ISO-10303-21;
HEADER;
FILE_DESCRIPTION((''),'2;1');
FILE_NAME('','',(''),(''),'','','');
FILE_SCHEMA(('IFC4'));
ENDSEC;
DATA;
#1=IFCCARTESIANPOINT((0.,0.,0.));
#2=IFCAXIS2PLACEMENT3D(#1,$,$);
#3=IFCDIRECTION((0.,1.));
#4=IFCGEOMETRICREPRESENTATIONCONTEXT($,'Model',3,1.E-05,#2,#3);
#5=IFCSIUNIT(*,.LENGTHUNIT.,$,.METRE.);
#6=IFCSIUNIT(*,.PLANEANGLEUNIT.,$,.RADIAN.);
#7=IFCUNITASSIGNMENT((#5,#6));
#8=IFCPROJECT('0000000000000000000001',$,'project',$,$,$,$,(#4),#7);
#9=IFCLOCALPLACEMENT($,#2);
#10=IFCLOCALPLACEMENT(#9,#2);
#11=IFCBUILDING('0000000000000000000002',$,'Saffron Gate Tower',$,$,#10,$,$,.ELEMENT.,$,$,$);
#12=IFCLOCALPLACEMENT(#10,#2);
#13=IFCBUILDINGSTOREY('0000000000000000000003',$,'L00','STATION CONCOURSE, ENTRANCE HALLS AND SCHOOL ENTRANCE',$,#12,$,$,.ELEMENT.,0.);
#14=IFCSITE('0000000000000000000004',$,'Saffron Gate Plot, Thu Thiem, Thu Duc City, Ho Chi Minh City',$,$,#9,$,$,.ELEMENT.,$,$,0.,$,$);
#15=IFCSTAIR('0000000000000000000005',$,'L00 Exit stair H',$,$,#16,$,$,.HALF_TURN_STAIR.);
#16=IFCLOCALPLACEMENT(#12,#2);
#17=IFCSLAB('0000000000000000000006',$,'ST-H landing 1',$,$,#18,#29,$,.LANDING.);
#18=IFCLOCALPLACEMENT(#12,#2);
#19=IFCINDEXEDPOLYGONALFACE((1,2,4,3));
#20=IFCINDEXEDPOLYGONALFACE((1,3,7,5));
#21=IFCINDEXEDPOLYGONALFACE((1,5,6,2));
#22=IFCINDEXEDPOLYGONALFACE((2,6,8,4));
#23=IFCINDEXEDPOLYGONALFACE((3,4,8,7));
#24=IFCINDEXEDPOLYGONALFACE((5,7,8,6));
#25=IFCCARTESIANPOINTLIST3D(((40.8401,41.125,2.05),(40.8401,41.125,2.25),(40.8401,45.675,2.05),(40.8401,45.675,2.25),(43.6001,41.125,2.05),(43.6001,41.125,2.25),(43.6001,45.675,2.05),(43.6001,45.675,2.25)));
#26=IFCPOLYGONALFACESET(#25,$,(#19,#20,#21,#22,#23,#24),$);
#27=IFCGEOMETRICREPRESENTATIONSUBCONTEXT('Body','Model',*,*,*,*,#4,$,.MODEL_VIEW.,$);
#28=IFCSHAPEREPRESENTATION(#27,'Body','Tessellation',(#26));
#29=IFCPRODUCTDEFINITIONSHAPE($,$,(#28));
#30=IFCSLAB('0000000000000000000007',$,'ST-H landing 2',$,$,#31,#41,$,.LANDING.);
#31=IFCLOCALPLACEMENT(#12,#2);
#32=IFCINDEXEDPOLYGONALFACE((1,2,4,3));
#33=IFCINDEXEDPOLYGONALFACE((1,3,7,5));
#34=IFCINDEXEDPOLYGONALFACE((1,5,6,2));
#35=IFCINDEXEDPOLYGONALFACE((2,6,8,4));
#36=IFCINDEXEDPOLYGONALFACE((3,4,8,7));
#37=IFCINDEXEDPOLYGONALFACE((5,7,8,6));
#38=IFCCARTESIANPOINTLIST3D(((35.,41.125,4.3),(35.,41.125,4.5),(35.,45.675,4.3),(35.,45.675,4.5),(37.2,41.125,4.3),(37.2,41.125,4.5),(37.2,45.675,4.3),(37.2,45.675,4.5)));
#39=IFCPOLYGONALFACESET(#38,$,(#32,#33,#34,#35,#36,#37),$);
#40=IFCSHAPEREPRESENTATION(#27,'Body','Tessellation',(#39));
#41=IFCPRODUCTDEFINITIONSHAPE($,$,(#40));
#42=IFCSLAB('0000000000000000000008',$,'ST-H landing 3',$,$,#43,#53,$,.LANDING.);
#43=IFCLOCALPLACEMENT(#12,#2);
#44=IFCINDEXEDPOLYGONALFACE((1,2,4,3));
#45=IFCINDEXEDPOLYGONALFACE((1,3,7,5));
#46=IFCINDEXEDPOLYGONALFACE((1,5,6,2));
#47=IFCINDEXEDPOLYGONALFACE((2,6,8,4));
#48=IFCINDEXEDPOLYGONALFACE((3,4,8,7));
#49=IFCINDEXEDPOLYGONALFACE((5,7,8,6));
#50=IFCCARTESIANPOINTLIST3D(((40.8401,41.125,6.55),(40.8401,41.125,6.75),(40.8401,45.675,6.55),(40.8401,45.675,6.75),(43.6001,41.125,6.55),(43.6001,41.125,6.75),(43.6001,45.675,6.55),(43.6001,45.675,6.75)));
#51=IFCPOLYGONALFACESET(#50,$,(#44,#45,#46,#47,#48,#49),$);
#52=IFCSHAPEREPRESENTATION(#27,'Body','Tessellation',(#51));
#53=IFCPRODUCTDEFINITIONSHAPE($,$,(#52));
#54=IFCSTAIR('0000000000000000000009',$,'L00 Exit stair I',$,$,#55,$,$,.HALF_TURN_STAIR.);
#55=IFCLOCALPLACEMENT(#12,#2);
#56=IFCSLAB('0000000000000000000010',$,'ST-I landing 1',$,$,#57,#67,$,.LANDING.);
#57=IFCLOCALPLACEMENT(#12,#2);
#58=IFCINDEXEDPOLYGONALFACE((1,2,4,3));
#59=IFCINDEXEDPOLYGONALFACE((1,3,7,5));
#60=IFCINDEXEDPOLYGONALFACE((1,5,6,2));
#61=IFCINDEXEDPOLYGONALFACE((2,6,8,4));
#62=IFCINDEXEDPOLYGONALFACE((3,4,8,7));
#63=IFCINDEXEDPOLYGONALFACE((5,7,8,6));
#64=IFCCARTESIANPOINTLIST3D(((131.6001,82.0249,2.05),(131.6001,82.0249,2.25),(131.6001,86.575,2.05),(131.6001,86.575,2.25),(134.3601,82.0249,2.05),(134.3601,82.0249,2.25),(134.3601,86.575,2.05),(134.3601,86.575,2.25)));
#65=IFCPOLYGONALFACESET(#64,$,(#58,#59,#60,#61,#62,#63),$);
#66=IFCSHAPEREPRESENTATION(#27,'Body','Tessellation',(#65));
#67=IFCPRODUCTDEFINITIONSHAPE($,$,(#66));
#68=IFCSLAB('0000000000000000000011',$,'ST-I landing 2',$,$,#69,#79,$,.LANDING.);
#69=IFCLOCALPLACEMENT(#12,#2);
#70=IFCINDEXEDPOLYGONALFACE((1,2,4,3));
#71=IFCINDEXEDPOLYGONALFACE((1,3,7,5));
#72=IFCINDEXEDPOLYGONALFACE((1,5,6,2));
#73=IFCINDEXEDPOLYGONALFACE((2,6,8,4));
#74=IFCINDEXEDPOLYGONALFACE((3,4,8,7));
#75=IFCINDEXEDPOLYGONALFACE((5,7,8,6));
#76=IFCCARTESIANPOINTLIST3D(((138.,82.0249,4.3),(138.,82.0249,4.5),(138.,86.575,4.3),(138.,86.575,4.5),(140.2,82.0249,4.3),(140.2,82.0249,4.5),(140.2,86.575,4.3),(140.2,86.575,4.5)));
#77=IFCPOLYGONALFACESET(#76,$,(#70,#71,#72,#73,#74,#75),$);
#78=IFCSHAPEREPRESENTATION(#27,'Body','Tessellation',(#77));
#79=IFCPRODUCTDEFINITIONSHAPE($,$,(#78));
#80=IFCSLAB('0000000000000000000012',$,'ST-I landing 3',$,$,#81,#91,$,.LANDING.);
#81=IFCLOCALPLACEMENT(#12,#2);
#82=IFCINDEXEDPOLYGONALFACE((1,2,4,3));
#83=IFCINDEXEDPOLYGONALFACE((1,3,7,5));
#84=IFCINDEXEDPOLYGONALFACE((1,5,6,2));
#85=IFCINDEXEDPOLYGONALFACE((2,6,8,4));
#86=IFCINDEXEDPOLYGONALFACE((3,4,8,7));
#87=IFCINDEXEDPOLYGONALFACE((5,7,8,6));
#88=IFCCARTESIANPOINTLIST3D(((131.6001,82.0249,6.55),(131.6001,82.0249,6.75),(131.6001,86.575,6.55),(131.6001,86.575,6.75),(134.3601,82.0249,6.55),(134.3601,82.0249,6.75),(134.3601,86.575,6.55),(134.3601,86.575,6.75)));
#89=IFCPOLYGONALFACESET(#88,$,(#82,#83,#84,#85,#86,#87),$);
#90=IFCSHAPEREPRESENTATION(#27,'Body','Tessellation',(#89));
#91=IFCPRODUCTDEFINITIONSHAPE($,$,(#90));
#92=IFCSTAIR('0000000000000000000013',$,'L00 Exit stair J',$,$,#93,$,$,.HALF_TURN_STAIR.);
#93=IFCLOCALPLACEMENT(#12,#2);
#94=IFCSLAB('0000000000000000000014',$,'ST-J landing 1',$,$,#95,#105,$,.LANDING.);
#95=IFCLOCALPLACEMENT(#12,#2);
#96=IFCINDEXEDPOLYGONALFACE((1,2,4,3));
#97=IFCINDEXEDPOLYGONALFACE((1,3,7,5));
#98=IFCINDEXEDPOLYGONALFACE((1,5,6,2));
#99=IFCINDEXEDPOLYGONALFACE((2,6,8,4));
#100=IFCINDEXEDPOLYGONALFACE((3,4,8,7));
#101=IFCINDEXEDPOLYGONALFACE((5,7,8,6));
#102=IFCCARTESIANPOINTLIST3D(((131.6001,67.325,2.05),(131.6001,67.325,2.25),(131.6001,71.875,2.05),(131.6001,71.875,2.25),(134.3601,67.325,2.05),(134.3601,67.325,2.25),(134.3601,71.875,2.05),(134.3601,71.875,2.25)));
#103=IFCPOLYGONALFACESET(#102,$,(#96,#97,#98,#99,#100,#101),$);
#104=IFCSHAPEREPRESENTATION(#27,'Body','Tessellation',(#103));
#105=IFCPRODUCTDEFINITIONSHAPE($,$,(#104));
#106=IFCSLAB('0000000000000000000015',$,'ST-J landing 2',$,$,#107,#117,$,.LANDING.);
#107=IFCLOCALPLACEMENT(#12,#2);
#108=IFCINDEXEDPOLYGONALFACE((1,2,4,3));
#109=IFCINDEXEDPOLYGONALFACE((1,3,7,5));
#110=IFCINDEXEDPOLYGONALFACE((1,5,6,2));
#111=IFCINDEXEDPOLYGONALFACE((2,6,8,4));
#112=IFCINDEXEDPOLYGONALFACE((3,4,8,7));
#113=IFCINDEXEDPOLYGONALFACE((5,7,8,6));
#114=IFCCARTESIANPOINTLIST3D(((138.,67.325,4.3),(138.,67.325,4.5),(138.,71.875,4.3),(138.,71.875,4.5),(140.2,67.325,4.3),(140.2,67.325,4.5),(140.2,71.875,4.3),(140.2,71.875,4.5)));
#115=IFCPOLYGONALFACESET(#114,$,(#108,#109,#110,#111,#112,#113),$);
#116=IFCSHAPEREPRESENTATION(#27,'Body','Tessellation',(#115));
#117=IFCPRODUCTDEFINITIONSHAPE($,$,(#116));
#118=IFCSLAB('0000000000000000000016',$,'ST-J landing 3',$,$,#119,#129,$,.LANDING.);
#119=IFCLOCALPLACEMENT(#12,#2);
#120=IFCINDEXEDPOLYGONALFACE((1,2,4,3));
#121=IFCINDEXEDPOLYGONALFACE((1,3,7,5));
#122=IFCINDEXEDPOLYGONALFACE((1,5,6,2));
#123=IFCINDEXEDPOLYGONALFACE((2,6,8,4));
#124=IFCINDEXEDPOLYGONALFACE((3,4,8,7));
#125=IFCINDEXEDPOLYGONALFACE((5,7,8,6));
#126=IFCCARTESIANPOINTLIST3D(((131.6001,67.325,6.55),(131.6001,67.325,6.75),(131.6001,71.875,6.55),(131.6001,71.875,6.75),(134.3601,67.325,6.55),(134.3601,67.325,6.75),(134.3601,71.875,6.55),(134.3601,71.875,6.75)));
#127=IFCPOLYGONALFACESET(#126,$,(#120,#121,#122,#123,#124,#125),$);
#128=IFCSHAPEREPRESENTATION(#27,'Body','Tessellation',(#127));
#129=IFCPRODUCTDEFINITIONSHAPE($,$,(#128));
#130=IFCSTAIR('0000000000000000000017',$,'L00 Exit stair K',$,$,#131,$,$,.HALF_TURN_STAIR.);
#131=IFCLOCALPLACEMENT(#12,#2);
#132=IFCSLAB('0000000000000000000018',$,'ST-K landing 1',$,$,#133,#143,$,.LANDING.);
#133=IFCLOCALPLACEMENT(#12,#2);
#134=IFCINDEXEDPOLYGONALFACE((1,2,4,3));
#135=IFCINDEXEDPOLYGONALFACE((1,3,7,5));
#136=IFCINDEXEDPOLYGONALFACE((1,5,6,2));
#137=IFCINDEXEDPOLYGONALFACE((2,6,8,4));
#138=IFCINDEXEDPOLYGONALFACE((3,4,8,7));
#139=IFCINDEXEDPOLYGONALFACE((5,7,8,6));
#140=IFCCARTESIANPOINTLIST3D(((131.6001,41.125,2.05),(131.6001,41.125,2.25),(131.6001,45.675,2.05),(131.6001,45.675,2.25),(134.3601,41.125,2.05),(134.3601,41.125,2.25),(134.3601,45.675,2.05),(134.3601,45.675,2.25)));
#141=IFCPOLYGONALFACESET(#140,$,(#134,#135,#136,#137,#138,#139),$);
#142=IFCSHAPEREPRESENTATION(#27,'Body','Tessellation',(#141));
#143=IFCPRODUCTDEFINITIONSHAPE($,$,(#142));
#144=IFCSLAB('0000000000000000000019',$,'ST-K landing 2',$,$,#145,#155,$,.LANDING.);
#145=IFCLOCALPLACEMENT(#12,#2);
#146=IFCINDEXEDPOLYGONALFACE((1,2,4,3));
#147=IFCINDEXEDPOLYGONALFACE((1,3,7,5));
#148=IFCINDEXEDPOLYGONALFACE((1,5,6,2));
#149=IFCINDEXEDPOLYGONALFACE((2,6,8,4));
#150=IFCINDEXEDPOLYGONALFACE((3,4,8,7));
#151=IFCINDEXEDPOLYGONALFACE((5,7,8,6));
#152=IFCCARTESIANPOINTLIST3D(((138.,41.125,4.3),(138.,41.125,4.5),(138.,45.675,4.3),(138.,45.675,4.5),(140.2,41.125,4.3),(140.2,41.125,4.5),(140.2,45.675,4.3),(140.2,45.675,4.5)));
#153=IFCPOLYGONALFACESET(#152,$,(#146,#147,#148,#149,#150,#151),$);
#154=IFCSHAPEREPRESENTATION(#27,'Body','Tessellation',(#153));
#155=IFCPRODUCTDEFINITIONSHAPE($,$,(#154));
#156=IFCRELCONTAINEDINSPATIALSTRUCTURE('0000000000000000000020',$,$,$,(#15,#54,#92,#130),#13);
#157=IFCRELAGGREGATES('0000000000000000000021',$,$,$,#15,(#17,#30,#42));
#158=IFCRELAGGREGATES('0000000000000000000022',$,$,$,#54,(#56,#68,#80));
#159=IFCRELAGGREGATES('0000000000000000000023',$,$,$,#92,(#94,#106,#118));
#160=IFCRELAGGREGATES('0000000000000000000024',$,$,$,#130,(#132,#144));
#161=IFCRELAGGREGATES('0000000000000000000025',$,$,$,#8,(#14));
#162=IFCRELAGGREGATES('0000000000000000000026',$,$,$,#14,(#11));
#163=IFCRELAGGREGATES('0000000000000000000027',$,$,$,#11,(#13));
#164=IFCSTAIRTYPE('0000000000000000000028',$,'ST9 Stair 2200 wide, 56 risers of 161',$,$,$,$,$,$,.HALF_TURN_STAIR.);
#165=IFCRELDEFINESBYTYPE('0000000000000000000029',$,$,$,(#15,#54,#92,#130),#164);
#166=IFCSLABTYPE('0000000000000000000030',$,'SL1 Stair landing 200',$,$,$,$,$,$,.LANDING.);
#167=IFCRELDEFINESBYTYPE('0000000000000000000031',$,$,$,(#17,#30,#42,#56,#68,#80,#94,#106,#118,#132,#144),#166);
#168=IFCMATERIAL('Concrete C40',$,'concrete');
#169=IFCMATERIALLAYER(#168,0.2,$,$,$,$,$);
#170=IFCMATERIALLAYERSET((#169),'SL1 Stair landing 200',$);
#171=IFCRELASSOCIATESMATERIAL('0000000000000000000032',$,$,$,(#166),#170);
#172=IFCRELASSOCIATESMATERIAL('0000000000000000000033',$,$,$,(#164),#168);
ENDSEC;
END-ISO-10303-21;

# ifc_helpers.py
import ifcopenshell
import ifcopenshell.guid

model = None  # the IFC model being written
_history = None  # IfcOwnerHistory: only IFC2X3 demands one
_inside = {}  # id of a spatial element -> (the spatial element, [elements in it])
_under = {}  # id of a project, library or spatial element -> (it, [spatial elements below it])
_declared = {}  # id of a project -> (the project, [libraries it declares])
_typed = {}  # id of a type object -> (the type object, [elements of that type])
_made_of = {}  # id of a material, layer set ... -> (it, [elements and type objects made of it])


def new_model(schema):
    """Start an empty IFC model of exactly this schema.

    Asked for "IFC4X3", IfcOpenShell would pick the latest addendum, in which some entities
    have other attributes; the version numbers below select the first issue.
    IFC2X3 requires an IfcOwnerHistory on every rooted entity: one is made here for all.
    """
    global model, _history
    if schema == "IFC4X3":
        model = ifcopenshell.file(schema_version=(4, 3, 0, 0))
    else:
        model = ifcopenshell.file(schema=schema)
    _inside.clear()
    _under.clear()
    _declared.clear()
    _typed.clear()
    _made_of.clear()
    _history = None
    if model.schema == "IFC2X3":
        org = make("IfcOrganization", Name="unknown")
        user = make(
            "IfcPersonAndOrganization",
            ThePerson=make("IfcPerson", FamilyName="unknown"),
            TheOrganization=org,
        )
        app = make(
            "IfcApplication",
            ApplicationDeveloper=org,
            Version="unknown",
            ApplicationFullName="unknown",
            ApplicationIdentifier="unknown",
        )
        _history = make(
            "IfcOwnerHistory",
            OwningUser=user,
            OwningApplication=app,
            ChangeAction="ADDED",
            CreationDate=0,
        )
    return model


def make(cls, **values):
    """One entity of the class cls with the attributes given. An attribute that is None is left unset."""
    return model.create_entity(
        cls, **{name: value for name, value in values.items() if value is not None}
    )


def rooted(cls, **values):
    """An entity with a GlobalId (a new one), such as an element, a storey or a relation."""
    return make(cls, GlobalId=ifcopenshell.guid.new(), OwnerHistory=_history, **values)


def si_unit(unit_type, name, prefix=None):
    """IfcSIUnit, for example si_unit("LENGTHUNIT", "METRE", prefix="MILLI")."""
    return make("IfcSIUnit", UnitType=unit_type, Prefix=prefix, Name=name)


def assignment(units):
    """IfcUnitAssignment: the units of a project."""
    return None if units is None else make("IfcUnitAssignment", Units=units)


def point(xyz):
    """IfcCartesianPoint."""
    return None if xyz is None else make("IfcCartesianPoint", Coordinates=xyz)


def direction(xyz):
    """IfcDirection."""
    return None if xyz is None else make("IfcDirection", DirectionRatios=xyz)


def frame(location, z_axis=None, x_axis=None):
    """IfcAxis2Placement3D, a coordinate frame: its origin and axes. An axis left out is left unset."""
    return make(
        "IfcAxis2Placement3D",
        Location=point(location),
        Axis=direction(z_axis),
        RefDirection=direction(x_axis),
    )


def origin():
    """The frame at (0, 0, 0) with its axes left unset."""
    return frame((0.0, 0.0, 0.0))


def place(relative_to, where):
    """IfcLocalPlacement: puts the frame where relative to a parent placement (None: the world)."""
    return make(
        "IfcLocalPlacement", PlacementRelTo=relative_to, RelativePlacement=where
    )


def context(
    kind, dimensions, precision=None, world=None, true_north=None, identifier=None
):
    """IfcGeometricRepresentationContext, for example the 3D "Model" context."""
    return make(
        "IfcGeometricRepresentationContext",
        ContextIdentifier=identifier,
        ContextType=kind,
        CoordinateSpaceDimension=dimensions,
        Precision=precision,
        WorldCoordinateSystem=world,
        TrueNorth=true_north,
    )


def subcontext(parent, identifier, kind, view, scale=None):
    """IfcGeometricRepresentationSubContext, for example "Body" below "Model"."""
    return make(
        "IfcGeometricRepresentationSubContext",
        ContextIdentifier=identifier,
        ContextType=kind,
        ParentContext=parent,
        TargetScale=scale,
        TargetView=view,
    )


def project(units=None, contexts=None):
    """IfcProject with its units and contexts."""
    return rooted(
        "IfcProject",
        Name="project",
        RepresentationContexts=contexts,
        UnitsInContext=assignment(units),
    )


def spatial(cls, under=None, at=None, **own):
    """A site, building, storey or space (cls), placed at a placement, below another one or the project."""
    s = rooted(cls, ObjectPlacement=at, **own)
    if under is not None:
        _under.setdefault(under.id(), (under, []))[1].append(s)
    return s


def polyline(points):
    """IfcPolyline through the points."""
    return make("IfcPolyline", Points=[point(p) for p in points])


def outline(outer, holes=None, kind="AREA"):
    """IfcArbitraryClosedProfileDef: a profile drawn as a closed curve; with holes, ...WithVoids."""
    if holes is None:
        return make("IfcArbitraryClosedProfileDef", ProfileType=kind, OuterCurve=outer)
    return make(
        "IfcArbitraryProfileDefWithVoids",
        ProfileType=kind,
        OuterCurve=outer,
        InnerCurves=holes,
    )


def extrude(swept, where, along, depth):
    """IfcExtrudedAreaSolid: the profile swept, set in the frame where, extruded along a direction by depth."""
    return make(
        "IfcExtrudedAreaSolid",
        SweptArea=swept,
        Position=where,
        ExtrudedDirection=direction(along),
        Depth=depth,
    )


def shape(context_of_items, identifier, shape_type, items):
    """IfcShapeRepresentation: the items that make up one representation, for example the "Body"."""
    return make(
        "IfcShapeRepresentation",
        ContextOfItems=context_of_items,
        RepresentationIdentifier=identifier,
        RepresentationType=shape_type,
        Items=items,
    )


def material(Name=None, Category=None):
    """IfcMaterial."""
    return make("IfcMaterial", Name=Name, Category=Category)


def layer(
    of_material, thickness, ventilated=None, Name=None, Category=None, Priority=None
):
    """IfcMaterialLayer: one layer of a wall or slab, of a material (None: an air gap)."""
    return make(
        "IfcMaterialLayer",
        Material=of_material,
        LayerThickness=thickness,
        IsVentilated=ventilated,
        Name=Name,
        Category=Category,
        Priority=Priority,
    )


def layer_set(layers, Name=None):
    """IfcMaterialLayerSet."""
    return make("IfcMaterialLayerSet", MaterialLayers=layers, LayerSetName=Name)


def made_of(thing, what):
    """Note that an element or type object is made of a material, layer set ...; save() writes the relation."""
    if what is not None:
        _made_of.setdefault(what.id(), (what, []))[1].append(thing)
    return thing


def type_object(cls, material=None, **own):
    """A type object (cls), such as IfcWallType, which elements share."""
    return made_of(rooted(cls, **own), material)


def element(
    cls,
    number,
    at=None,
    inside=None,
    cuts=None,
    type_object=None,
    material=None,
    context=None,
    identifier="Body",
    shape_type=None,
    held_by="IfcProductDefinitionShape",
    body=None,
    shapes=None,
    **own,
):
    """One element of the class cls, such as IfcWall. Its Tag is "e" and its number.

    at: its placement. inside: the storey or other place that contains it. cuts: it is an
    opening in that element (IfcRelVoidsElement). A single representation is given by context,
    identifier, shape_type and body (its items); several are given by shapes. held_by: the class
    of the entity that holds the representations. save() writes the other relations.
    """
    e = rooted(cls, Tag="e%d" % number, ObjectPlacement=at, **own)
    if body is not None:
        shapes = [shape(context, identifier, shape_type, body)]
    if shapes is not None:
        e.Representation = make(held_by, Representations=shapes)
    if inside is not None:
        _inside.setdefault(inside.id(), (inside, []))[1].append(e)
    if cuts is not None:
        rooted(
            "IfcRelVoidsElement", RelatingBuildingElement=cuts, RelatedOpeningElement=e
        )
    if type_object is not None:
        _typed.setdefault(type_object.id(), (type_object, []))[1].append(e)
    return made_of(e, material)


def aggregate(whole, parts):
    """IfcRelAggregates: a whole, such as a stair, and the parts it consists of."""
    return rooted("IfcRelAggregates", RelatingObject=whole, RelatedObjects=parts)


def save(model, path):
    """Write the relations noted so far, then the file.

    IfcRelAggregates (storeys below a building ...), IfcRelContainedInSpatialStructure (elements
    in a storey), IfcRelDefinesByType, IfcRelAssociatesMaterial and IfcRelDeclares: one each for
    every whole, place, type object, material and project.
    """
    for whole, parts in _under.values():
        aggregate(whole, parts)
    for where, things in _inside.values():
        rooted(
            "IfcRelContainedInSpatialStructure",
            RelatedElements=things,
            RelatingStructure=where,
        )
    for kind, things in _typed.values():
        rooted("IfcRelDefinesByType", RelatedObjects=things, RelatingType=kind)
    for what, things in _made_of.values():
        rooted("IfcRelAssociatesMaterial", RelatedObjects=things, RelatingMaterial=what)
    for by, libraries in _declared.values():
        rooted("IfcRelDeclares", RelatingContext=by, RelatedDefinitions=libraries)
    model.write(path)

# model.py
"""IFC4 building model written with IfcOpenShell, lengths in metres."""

from ifc_helpers import new_model, si_unit, direction, frame, origin, place, context, subcontext, project, spatial, polyline, outline, extrude, material, layer, layer_set, type_object, element, aggregate, save


model = new_model("IFC4")

# Units and contexts
model_context = context("Model", 3, precision=1e-05, world=origin(), true_north=direction((0.0, 1.0)))
body_context = subcontext(model_context, "Body", "Model", "MODEL_VIEW")
ifc_project = project(units=[si_unit("LENGTHUNIT", "METRE"), si_unit("PLANEANGLEUNIT", "RADIAN")], contexts=[model_context])

# Site, building, storey
site_placement = place(None, origin())
site = spatial("IfcSite", under=ifc_project, at=site_placement, Name="Saffron Gate Plot, Thu Thiem, Thu Duc City, Ho Chi Minh City", CompositionType="ELEMENT", RefElevation=0.0)
building_placement = place(site_placement, origin())
building = spatial("IfcBuilding", under=site, at=building_placement, Name="Saffron Gate Tower", CompositionType="ELEMENT")
storey_placement = place(building_placement, origin())
storey = spatial("IfcBuildingStorey", under=building, at=storey_placement, Name="L00", Description="STATION CONCOURSE, ENTRANCE HALLS AND SCHOOL ENTRANCE", CompositionType="ELEMENT", Elevation=0.0)

# Stairs, slabs
ifc_material = material(Name="Concrete C40", Category="concrete")
ifc_layer = layer(ifc_material, 0.2)
ifc_layer_set = layer_set([ifc_layer], Name="SL1 Stair landing 200")
slab_type = type_object("IfcSlabType", Name="SL1 Stair landing 200", PredefinedType="LANDING", material=ifc_layer_set)
stair_type_1 = type_object("IfcStairType", Name="ST9 Stair 2200 wide, 56 risers of 161", PredefinedType="HALF_TURN_STAIR", material=ifc_material)
stair_1_placement = place(storey_placement, origin())
stair_1 = element("IfcStair", 1, at=stair_1_placement, inside=storey, type_object=stair_type_1, Name="L00 Exit stair H", PredefinedType="HALF_TURN_STAIR")
slab_1_placement = place(storey_placement, frame((0.0, 0.0, 2.05)))
slab_1 = element("IfcSlab", 2, at=slab_1_placement, type_object=slab_type, Name="ST-H landing 1", PredefinedType="LANDING", context=body_context, shape_type="SweptSolid", body=[
    extrude(outline(polyline([(40.8401, 41.125), (43.6001, 41.125), (43.6001, 45.675), (40.8401, 45.675), (40.8401, 41.125)])), origin(), (0.0, 0.0, 1.0), 0.2),
])
slab_2_placement = place(storey_placement, frame((0.0, 0.0, 4.3)))
slab_2 = element("IfcSlab", 3, at=slab_2_placement, type_object=slab_type, Name="ST-H landing 2", PredefinedType="LANDING", context=body_context, shape_type="SweptSolid", body=[
    extrude(outline(polyline([(35.0, 41.125), (37.2, 41.125), (37.2, 45.675), (35.0, 45.675), (35.0, 41.125)])), origin(), (0.0, 0.0, 1.0), 0.2),
])
slab_3_placement = place(storey_placement, frame((0.0, 0.0, 6.55)))
slab_3 = element("IfcSlab", 4, at=slab_3_placement, type_object=slab_type, Name="ST-H landing 3", PredefinedType="LANDING", context=body_context, shape_type="SweptSolid", body=[
    extrude(outline(polyline([(40.8401, 41.125), (43.6001, 41.125), (43.6001, 45.675), (40.8401, 45.675), (40.8401, 41.125)])), origin(), (0.0, 0.0, 1.0), 0.2),
])
aggregate(stair_1, [slab_1, slab_2, slab_3])
stair_2_placement = place(storey_placement, origin())
stair_2 = element("IfcStair", 5, at=stair_2_placement, inside=storey, type_object=stair_type_1, Name="L00 Exit stair I", PredefinedType="HALF_TURN_STAIR")
slab_4_placement = place(storey_placement, frame((0.0, 0.0, 2.05)))
slab_4 = element("IfcSlab", 6, at=slab_4_placement, type_object=slab_type, Name="ST-I landing 1", PredefinedType="LANDING", context=body_context, shape_type="SweptSolid", body=[
    extrude(outline(polyline([(134.3601, 86.575), (131.6001, 86.575), (131.6001, 82.0249), (134.3601, 82.0249), (134.3601, 86.575)])), origin(), (0.0, 0.0, 1.0), 0.2),
])
slab_5_placement = place(storey_placement, frame((0.0, 0.0, 4.3)))
slab_5 = element("IfcSlab", 7, at=slab_5_placement, type_object=slab_type, Name="ST-I landing 2", PredefinedType="LANDING", context=body_context, shape_type="SweptSolid", body=[
    extrude(outline(polyline([(140.2, 86.575), (138.0, 86.575), (138.0, 82.0249), (140.2, 82.0249), (140.2, 86.575)])), origin(), (0.0, 0.0, 1.0), 0.2),
])
slab_6_placement = place(storey_placement, frame((0.0, 0.0, 6.55)))
slab_6 = element("IfcSlab", 8, at=slab_6_placement, type_object=slab_type, Name="ST-I landing 3", PredefinedType="LANDING", context=body_context, shape_type="SweptSolid", body=[
    extrude(outline(polyline([(134.3601, 86.575), (131.6001, 86.575), (131.6001, 82.0249), (134.3601, 82.0249), (134.3601, 86.575)])), origin(), (0.0, 0.0, 1.0), 0.2),
])
aggregate(stair_2, [slab_4, slab_5, slab_6])
stair_3_placement = place(storey_placement, origin())
stair_3 = element("IfcStair", 9, at=stair_3_placement, inside=storey, type_object=stair_type_1, Name="L00 Exit stair J", PredefinedType="HALF_TURN_STAIR")
slab_7_placement = place(storey_placement, frame((0.0, 0.0, 2.05)))
slab_7 = element("IfcSlab", 10, at=slab_7_placement, type_object=slab_type, Name="ST-J landing 1", PredefinedType="LANDING", context=body_context, shape_type="SweptSolid", body=[
    extrude(outline(polyline([(134.3601, 71.875), (131.6001, 71.875), (131.6001, 67.325), (134.3601, 67.325), (134.3601, 71.875)])), origin(), (0.0, 0.0, 1.0), 0.2),
])
slab_8_placement = place(storey_placement, frame((0.0, 0.0, 4.3)))
slab_8 = element("IfcSlab", 11, at=slab_8_placement, type_object=slab_type, Name="ST-J landing 2", PredefinedType="LANDING", context=body_context, shape_type="SweptSolid", body=[
    extrude(outline(polyline([(140.2, 71.875), (138.0, 71.875), (138.0, 67.325), (140.2, 67.325), (140.2, 71.875)])), origin(), (0.0, 0.0, 1.0), 0.2),
])
slab_9_placement = place(storey_placement, frame((0.0, 0.0, 6.55)))
slab_9 = element("IfcSlab", 12, at=slab_9_placement, type_object=slab_type, Name="ST-J landing 3", PredefinedType="LANDING", context=body_context, shape_type="SweptSolid", body=[
    extrude(outline(polyline([(134.3601, 71.875), (131.6001, 71.875), (131.6001, 67.325), (134.3601, 67.325), (134.3601, 71.875)])), origin(), (0.0, 0.0, 1.0), 0.2),
])
aggregate(stair_3, [slab_7, slab_8, slab_9])
stair_4_placement = place(storey_placement, origin())
stair_4 = element("IfcStair", 13, at=stair_4_placement, inside=storey, type_object=stair_type_1, Name="L00 Exit stair K", PredefinedType="HALF_TURN_STAIR")
slab_10_placement = place(storey_placement, frame((0.0, 0.0, 2.05)))
slab_10 = element("IfcSlab", 14, at=slab_10_placement, type_object=slab_type, Name="ST-K landing 1", PredefinedType="LANDING", context=body_context, shape_type="SweptSolid", body=[
    extrude(outline(polyline([(134.3601, 45.675), (131.6001, 45.675), (131.6001, 41.125), (134.3601, 41.125), (134.3601, 45.675)])), origin(), (0.0, 0.0, 1.0), 0.2),
])
slab_11_placement = place(storey_placement, frame((0.0, 0.0, 4.3)))
slab_11 = element("IfcSlab", 15, at=slab_11_placement, type_object=slab_type, Name="ST-K landing 2", PredefinedType="LANDING", context=body_context, shape_type="SweptSolid", body=[
    extrude(outline(polyline([(140.2, 45.675), (138.0, 45.675), (138.0, 41.125), (140.2, 41.125), (140.2, 45.675)])), origin(), (0.0, 0.0, 1.0), 0.2),
])
aggregate(stair_4, [slab_10, slab_11])

save(model, "model.ifc")
